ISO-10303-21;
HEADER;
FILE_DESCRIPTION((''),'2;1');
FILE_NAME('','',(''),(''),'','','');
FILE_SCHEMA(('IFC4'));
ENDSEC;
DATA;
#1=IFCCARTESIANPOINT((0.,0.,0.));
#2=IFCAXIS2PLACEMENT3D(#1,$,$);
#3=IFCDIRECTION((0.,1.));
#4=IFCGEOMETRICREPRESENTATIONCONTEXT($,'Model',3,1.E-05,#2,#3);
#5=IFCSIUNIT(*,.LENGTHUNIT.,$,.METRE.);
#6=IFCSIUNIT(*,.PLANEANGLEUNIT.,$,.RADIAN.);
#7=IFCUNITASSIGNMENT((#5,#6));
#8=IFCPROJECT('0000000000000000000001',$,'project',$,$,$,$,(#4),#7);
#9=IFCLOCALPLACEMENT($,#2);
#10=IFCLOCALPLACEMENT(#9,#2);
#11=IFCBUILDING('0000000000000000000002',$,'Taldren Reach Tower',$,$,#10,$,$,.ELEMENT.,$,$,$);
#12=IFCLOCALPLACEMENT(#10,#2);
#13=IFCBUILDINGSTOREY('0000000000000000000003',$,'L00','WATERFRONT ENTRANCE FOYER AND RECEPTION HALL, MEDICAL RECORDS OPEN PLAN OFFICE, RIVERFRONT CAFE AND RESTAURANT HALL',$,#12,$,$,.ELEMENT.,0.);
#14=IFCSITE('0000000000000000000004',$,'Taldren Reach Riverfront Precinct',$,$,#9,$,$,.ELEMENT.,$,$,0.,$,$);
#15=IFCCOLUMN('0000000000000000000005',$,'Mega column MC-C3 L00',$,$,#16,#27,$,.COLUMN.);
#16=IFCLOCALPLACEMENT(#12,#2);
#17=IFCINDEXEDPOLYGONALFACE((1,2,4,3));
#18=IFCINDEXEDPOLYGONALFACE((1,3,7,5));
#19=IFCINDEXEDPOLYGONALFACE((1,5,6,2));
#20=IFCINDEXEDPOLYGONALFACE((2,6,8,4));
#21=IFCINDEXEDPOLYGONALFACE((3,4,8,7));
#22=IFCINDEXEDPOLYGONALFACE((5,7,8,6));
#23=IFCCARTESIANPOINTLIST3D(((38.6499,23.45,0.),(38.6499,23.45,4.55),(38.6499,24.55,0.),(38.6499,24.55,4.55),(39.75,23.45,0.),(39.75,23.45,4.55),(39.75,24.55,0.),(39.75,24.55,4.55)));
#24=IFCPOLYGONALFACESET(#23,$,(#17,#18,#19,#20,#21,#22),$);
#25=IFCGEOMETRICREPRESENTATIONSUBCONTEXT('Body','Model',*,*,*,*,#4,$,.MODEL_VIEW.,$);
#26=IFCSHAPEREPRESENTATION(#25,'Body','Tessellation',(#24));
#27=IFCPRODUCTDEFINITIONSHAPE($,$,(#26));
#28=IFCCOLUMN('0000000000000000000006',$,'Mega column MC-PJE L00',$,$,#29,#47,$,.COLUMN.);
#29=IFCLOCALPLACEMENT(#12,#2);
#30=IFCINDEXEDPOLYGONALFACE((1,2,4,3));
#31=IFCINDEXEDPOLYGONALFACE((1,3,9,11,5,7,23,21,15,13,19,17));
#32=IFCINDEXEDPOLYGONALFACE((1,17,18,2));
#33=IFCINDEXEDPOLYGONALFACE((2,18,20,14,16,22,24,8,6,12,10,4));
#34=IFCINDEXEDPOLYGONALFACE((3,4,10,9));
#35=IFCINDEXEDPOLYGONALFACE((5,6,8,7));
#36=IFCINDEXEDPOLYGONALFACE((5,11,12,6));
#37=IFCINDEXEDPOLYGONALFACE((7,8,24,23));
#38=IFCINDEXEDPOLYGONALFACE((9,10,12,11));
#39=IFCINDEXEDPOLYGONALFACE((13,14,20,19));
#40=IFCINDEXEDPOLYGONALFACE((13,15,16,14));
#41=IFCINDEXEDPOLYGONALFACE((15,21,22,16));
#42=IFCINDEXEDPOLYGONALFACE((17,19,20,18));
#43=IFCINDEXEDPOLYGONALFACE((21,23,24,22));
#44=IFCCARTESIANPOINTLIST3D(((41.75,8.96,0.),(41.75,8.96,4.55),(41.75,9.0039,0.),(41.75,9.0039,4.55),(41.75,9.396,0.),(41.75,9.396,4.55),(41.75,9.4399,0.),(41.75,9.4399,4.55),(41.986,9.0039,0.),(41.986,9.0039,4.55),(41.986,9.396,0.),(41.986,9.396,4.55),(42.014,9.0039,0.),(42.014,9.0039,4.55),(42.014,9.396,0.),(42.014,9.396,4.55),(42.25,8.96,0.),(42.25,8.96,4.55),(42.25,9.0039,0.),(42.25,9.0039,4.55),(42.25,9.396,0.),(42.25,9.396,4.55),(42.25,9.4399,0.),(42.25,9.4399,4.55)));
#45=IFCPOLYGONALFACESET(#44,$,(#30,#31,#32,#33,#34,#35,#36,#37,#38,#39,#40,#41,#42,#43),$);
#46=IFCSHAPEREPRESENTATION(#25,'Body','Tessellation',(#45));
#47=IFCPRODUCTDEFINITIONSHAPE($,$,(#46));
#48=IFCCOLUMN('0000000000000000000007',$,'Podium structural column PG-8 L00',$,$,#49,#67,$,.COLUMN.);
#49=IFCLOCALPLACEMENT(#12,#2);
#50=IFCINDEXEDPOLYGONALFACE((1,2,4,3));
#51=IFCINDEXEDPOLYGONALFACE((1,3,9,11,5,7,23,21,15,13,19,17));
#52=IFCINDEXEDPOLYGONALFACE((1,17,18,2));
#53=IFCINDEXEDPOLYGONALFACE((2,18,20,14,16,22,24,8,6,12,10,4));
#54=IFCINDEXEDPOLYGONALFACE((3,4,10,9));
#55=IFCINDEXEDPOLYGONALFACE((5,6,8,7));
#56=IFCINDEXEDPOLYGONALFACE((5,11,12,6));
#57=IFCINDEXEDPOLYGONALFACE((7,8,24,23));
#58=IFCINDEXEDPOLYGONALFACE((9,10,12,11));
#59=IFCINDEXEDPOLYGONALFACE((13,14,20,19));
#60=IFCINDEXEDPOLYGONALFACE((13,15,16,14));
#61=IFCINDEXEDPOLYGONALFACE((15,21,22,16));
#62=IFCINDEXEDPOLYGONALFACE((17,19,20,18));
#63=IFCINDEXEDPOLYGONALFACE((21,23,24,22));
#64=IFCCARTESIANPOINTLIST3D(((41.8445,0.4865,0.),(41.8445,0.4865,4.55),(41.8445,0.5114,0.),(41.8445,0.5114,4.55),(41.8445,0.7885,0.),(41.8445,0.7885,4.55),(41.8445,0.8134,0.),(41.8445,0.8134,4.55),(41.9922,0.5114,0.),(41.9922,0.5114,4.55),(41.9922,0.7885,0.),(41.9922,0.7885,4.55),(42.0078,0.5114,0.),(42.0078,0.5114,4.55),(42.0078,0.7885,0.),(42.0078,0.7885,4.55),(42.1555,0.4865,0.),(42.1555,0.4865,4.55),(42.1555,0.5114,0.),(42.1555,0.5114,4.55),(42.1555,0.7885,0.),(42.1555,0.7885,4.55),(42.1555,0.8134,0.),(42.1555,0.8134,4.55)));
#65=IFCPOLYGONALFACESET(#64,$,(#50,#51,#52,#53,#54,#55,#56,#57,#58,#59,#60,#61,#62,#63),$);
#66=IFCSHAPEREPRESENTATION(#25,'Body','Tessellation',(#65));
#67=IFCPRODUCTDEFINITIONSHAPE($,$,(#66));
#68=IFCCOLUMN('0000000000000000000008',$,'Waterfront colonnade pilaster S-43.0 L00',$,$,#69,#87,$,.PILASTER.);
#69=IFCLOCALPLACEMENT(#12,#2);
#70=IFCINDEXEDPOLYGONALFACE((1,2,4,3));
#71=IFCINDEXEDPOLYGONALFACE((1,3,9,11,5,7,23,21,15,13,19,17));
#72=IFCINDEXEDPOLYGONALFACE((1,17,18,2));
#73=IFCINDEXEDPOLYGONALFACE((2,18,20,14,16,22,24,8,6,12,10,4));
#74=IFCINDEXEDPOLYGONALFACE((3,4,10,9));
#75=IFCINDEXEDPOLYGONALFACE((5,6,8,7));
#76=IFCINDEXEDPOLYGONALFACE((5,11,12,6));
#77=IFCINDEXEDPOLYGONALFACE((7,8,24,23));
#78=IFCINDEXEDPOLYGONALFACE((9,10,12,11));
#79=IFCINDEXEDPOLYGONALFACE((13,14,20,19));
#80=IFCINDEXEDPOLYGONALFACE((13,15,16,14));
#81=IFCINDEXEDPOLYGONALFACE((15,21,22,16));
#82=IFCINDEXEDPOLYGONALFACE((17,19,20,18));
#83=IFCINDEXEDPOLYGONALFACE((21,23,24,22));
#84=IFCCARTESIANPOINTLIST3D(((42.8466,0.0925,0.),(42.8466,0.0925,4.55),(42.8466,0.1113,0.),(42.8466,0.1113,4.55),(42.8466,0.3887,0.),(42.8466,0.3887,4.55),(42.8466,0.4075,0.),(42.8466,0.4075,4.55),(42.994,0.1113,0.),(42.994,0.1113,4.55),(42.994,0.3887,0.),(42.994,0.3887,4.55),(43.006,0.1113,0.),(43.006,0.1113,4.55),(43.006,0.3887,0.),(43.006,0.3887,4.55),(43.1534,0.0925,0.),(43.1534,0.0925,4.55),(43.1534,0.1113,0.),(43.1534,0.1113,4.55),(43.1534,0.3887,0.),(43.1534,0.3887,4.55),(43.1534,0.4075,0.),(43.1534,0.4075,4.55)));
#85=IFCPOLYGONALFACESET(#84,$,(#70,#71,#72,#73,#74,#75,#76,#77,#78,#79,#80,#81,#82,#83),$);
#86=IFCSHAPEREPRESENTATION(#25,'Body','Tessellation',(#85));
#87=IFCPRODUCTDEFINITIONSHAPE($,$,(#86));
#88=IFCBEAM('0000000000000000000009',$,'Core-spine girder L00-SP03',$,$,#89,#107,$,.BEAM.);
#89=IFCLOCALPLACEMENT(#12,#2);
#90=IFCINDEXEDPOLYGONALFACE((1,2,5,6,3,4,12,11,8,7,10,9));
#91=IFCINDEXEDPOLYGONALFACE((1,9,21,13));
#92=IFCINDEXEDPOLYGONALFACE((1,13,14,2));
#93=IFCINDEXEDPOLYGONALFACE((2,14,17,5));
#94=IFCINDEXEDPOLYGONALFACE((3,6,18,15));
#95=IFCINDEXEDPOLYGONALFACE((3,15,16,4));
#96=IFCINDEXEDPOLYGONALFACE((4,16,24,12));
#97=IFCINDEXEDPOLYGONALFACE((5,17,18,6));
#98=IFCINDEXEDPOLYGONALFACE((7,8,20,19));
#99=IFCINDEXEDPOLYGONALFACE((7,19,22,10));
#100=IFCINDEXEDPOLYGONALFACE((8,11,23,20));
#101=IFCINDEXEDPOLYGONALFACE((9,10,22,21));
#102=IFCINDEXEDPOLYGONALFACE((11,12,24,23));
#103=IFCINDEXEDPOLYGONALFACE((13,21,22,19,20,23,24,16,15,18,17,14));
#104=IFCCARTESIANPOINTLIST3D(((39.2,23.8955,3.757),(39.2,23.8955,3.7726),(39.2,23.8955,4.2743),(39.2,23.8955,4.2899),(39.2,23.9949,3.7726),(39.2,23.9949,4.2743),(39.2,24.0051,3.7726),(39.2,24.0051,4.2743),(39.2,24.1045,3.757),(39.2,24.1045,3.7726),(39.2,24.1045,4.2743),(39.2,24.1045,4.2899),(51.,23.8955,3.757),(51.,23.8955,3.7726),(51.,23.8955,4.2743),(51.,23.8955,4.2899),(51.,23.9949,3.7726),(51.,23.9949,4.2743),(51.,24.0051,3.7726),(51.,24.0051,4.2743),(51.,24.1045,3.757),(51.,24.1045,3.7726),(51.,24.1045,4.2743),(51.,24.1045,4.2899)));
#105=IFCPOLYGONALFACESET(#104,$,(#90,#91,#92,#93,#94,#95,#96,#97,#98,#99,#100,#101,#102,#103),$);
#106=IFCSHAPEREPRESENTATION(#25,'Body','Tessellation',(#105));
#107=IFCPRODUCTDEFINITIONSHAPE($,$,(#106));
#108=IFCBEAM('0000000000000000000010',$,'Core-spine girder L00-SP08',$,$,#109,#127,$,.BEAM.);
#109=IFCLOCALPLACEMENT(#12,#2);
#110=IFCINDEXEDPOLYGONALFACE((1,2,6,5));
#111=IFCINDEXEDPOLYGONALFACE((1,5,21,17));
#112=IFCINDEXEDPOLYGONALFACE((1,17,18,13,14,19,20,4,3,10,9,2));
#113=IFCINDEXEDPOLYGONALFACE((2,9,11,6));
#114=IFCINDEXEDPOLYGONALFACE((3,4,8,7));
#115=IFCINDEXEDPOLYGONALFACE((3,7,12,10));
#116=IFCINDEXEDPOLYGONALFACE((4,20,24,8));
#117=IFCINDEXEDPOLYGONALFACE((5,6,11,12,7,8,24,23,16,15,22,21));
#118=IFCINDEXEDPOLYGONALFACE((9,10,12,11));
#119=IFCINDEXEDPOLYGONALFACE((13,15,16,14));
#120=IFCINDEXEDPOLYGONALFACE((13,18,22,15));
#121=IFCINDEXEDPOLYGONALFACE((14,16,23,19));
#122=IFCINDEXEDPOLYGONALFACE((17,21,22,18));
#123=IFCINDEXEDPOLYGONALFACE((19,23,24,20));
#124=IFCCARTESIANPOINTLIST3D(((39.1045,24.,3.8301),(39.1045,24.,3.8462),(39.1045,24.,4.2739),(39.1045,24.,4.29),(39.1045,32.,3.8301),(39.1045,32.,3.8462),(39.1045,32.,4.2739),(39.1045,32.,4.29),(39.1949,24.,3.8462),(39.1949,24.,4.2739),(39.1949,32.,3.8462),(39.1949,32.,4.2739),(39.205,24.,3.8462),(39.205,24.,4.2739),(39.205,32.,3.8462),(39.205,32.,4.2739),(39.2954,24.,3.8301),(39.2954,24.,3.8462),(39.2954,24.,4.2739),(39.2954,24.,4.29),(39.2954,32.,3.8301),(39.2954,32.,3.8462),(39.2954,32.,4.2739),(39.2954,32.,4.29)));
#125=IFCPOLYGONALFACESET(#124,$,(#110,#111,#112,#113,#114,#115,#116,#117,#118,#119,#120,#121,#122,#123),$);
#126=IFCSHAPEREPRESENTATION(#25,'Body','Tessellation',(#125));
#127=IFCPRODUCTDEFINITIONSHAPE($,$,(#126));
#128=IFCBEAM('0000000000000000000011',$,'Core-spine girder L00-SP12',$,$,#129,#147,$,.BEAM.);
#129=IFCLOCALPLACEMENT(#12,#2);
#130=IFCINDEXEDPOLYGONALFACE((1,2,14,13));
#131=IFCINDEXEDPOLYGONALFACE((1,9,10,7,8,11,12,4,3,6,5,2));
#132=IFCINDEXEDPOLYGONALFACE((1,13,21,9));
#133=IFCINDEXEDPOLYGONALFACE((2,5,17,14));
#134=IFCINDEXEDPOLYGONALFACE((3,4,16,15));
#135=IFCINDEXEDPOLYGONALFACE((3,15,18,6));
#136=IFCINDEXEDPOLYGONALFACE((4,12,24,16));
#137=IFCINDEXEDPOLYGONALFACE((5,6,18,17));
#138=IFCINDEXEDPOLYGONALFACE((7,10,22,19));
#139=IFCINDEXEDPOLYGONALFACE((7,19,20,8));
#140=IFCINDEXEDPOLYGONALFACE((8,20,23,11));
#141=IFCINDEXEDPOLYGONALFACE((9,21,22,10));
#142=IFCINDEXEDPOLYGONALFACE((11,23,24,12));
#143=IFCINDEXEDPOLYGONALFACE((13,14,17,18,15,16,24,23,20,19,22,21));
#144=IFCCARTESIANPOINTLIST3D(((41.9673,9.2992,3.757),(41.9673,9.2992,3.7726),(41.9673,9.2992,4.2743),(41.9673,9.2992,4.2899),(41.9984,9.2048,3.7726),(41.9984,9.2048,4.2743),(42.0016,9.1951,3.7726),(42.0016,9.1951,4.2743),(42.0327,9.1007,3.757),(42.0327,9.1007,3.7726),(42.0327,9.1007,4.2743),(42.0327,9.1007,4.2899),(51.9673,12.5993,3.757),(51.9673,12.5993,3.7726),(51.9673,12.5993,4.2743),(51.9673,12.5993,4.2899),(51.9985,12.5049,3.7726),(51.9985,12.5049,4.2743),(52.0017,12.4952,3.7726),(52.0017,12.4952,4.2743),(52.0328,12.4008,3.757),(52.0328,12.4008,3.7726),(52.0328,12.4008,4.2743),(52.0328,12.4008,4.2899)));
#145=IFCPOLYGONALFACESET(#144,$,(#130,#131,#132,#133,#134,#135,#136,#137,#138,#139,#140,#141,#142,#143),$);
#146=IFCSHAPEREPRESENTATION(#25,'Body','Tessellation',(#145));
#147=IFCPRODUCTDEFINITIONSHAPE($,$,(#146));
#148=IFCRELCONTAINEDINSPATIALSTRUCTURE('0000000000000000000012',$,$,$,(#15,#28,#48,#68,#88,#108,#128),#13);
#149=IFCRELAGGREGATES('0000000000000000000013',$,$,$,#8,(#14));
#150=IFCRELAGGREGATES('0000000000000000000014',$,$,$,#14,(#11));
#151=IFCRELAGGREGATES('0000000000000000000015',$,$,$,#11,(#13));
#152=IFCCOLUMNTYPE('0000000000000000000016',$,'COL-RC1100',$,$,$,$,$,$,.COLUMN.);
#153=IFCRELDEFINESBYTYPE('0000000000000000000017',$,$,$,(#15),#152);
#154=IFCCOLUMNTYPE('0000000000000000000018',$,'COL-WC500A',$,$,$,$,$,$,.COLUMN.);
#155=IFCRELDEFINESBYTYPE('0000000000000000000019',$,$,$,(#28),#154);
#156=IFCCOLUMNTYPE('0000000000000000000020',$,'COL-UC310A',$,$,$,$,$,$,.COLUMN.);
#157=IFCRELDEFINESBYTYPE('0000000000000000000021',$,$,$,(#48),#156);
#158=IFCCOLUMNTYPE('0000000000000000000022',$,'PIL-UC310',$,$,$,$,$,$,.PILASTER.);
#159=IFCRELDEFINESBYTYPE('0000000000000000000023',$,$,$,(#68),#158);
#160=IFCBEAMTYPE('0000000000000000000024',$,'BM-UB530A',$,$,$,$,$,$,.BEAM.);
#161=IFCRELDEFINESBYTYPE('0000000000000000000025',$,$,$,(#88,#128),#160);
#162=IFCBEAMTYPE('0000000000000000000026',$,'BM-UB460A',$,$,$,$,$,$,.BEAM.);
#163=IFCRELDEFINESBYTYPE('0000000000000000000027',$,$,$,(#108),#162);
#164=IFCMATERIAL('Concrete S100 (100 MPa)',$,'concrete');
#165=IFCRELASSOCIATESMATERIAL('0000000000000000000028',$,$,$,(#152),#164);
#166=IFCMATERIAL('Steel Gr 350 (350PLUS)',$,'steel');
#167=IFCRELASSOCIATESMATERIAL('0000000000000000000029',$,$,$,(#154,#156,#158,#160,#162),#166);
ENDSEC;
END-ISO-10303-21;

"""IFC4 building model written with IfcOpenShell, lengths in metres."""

from ifc_helpers import new_model, si_unit, direction, frame, origin, origin_2d, place, context, subcontext, project, spatial, rectangle, i_section, extrude, source, transform, mapped, material, material_profile, profile_set, type_object, element, save


model = new_model("IFC4")

# Units and contexts
model_context = context("Model", 3, precision=1e-05, world=origin(), true_north=direction((0.0, 1.0)))
body_context = subcontext(model_context, "Body", "Model", "MODEL_VIEW")
ifc_project = project(units=[si_unit("LENGTHUNIT", "METRE"), si_unit("PLANEANGLEUNIT", "RADIAN")], contexts=[model_context])

# Site, building, storey
site_placement = place(None, origin())
site = spatial("IfcSite", under=ifc_project, at=site_placement, Name="Taldren Reach Riverfront Precinct", CompositionType="ELEMENT", RefElevation=0.0)
building_placement = place(site_placement, origin())
building = spatial("IfcBuilding", under=site, at=building_placement, Name="Taldren Reach Tower", CompositionType="ELEMENT")
storey_placement = place(building_placement, origin())
storey = spatial("IfcBuildingStorey", under=building, at=storey_placement, Name="L00", Description="WATERFRONT ENTRANCE FOYER AND RECEPTION HALL, MEDICAL RECORDS OPEN PLAN OFFICE, RIVERFRONT CAFE AND RESTAURANT HALL", CompositionType="ELEMENT", Elevation=0.0)

# Columns
ifc_material_1 = material(Name="Concrete S100 (100 MPa)", Category="concrete")
ifc_material_profile_1 = material_profile(ifc_material_1, rectangle(XDim=1.1001, YDim=1.1001, at=origin_2d()), Name="RC-1100x1100")
ifc_profile_set_1 = profile_set([ifc_material_profile_1], Name="Concrete S100 (100 MPa)")
column_type_1 = type_object("IfcColumnType", Name="COL-RC1100", PredefinedType="COLUMN", material=ifc_profile_set_1)
shared_shape_1 = source(origin(), body_context, "Body", "SweptSolid", [
    extrude(rectangle(XDim=1.1001, YDim=1.1001, at=origin_2d()), origin(), (0.0, 0.0, 1.0), 4.55),
])
column_1_placement = place(storey_placement, frame((39.2, 24.0, 0.0), z_axis=(0.0, 0.0, 1.0), x_axis=(1.0, 0.0, 0.0)))
element("IfcColumn", 1, at=column_1_placement, inside=storey, type_object=column_type_1, Name="Mega column MC-C3 L00", PredefinedType="COLUMN", context=body_context, shape_type="MappedRepresentation", body=[
    mapped(shared_shape_1, transform((0.0, 0.0, 0.0), scale=1.0)),
])
ifc_material_2 = material(Name="Steel Gr 350 (350PLUS)", Category="steel")
ifc_material_profile_2 = material_profile(ifc_material_2, i_section(OverallWidth=0.5, OverallDepth=0.48, WebThickness=0.0281, FlangeThickness=0.0439, at=origin_2d()), Name="500WC440")
ifc_profile_set_2 = profile_set([ifc_material_profile_2], Name="Steel Gr 350 (350PLUS)")
column_type_2 = type_object("IfcColumnType", Name="COL-WC500A", PredefinedType="COLUMN", material=ifc_profile_set_2)
shared_shape_2 = source(origin(), body_context, "Body", "SweptSolid", [
    extrude(i_section(OverallWidth=0.5, OverallDepth=0.48, WebThickness=0.0281, FlangeThickness=0.0439, at=origin_2d()), origin(), (0.0, 0.0, 1.0), 4.55),
])
column_2_placement = place(storey_placement, frame((42.0, 9.2, 0.0), z_axis=(0.0, 0.0, 1.0), x_axis=(1.0, 0.0, 0.0)))
element("IfcColumn", 2, at=column_2_placement, inside=storey, type_object=column_type_2, Name="Mega column MC-PJE L00", PredefinedType="COLUMN", context=body_context, shape_type="MappedRepresentation", body=[
    mapped(shared_shape_2, transform((0.0, 0.0, 0.0), scale=1.0)),
])
ifc_material_profile_3 = material_profile(ifc_material_2, i_section(OverallWidth=0.311, OverallDepth=0.3269, WebThickness=0.0156, FlangeThickness=0.0249, at=origin_2d()), Name="310UC158")
ifc_profile_set_3 = profile_set([ifc_material_profile_3], Name="Steel Gr 350 (350PLUS)")
column_type_3 = type_object("IfcColumnType", Name="COL-UC310A", PredefinedType="COLUMN", material=ifc_profile_set_3)
shared_shape_3 = source(origin(), body_context, "Body", "SweptSolid", [
    extrude(i_section(OverallWidth=0.311, OverallDepth=0.3269, WebThickness=0.0156, FlangeThickness=0.0249, at=origin_2d()), origin(), (0.0, 0.0, 1.0), 4.55),
])
column_3_placement = place(storey_placement, frame((42.0, 0.6499, 0.0), z_axis=(0.0, 0.0, 1.0), x_axis=(1.0, 0.0, 0.0)))
element("IfcColumn", 3, at=column_3_placement, inside=storey, type_object=column_type_3, Name="Podium structural column PG-8 L00", PredefinedType="COLUMN", context=body_context, shape_type="MappedRepresentation", body=[
    mapped(shared_shape_3, transform((0.0, 0.0, 0.0), scale=1.0)),
])
ifc_material_profile_4 = material_profile(ifc_material_2, i_section(OverallWidth=0.3069, OverallDepth=0.3149, WebThickness=0.012, FlangeThickness=0.0188, at=origin_2d()), Name="310UC118")
ifc_profile_set_4 = profile_set([ifc_material_profile_4], Name="Steel Gr 350 (350PLUS)")
column_type_4 = type_object("IfcColumnType", Name="PIL-UC310", PredefinedType="PILASTER", material=ifc_profile_set_4)
shared_shape_4 = source(origin(), body_context, "Body", "SweptSolid", [
    extrude(i_section(OverallWidth=0.3069, OverallDepth=0.3149, WebThickness=0.012, FlangeThickness=0.0188, at=origin_2d()), origin(), (0.0, 0.0, 1.0), 4.55),
])
column_4_placement = place(storey_placement, frame((43.0, 0.25, 0.0), z_axis=(0.0, 0.0, 1.0), x_axis=(1.0, 0.0, 0.0)))
element("IfcColumn", 4, at=column_4_placement, inside=storey, type_object=column_type_4, Name="Waterfront colonnade pilaster S-43.0 L00", PredefinedType="PILASTER", context=body_context, shape_type="MappedRepresentation", body=[
    mapped(shared_shape_4, transform((0.0, 0.0, 0.0), scale=1.0)),
])

# Beams
ifc_material_profile_5 = material_profile(ifc_material_2, i_section(OverallWidth=0.209, OverallDepth=0.533, WebThickness=0.0103, FlangeThickness=0.0156, at=origin_2d()), Name="530UB92.4")
ifc_profile_set_5 = profile_set([ifc_material_profile_5], Name="Steel Gr 350 (350PLUS)")
beam_type_1 = type_object("IfcBeamType", Name="BM-UB530A", PredefinedType="BEAM", material=ifc_profile_set_5)
shared_shape_5 = source(origin(), body_context, "Body", "SweptSolid", [
    extrude(i_section(OverallWidth=0.209, OverallDepth=0.533, WebThickness=0.0103, FlangeThickness=0.0156, at=origin_2d()), origin(), (0.0, 0.0, 1.0), 11.8),
])
beam_1_placement = place(storey_placement, frame((39.2, 24.0, 4.0234), z_axis=(1.0, 0.0, 0.0), x_axis=(0.0, 1.0, 0.0)))
element("IfcBeam", 5, at=beam_1_placement, inside=storey, type_object=beam_type_1, Name="Core-spine girder L00-SP03", PredefinedType="BEAM", context=body_context, shape_type="MappedRepresentation", body=[
    mapped(shared_shape_5, transform((0.0, 0.0, 0.0), scale=1.0)),
])
ifc_material_profile_6 = material_profile(ifc_material_2, i_section(OverallWidth=0.1909, OverallDepth=0.46, WebThickness=0.01, FlangeThickness=0.0161, at=origin_2d()), Name="460UB82.1")
ifc_profile_set_6 = profile_set([ifc_material_profile_6], Name="Steel Gr 350 (350PLUS)")
beam_type_2 = type_object("IfcBeamType", Name="BM-UB460A", PredefinedType="BEAM", material=ifc_profile_set_6)
shared_shape_6 = source(origin(), body_context, "Body", "SweptSolid", [
    extrude(i_section(OverallWidth=0.1909, OverallDepth=0.46, WebThickness=0.01, FlangeThickness=0.0161, at=origin_2d()), origin(), (0.0, 0.0, 1.0), 8.0),
])
beam_2_placement = place(storey_placement, frame((39.2, 24.0, 4.0601), z_axis=(0.0, 1.0, 0.0), x_axis=(-1.0, 0.0, 0.0)))
element("IfcBeam", 6, at=beam_2_placement, inside=storey, type_object=beam_type_2, Name="Core-spine girder L00-SP08", PredefinedType="BEAM", context=body_context, shape_type="MappedRepresentation", body=[
    mapped(shared_shape_6, transform((0.0, 0.0, 0.0), scale=1.0)),
])
shared_shape_7 = source(origin(), body_context, "Body", "SweptSolid", [
    extrude(i_section(OverallWidth=0.209, OverallDepth=0.533, WebThickness=0.0103, FlangeThickness=0.0156, at=origin_2d()), origin(), (0.0, 0.0, 1.0), 10.5305),
])
beam_3_placement = place(storey_placement, frame((42.0, 9.2, 4.0234), z_axis=(0.949627, 0.313382, 0.0), x_axis=(-0.313382, 0.949627, 0.0)))
element("IfcBeam", 7, at=beam_3_placement, inside=storey, type_object=beam_type_1, Name="Core-spine girder L00-SP12", PredefinedType="BEAM", context=body_context, shape_type="MappedRepresentation", body=[
    mapped(shared_shape_7, transform((0.0, 0.0, 0.0), scale=1.0)),
])

save(model, "model.ifc")
